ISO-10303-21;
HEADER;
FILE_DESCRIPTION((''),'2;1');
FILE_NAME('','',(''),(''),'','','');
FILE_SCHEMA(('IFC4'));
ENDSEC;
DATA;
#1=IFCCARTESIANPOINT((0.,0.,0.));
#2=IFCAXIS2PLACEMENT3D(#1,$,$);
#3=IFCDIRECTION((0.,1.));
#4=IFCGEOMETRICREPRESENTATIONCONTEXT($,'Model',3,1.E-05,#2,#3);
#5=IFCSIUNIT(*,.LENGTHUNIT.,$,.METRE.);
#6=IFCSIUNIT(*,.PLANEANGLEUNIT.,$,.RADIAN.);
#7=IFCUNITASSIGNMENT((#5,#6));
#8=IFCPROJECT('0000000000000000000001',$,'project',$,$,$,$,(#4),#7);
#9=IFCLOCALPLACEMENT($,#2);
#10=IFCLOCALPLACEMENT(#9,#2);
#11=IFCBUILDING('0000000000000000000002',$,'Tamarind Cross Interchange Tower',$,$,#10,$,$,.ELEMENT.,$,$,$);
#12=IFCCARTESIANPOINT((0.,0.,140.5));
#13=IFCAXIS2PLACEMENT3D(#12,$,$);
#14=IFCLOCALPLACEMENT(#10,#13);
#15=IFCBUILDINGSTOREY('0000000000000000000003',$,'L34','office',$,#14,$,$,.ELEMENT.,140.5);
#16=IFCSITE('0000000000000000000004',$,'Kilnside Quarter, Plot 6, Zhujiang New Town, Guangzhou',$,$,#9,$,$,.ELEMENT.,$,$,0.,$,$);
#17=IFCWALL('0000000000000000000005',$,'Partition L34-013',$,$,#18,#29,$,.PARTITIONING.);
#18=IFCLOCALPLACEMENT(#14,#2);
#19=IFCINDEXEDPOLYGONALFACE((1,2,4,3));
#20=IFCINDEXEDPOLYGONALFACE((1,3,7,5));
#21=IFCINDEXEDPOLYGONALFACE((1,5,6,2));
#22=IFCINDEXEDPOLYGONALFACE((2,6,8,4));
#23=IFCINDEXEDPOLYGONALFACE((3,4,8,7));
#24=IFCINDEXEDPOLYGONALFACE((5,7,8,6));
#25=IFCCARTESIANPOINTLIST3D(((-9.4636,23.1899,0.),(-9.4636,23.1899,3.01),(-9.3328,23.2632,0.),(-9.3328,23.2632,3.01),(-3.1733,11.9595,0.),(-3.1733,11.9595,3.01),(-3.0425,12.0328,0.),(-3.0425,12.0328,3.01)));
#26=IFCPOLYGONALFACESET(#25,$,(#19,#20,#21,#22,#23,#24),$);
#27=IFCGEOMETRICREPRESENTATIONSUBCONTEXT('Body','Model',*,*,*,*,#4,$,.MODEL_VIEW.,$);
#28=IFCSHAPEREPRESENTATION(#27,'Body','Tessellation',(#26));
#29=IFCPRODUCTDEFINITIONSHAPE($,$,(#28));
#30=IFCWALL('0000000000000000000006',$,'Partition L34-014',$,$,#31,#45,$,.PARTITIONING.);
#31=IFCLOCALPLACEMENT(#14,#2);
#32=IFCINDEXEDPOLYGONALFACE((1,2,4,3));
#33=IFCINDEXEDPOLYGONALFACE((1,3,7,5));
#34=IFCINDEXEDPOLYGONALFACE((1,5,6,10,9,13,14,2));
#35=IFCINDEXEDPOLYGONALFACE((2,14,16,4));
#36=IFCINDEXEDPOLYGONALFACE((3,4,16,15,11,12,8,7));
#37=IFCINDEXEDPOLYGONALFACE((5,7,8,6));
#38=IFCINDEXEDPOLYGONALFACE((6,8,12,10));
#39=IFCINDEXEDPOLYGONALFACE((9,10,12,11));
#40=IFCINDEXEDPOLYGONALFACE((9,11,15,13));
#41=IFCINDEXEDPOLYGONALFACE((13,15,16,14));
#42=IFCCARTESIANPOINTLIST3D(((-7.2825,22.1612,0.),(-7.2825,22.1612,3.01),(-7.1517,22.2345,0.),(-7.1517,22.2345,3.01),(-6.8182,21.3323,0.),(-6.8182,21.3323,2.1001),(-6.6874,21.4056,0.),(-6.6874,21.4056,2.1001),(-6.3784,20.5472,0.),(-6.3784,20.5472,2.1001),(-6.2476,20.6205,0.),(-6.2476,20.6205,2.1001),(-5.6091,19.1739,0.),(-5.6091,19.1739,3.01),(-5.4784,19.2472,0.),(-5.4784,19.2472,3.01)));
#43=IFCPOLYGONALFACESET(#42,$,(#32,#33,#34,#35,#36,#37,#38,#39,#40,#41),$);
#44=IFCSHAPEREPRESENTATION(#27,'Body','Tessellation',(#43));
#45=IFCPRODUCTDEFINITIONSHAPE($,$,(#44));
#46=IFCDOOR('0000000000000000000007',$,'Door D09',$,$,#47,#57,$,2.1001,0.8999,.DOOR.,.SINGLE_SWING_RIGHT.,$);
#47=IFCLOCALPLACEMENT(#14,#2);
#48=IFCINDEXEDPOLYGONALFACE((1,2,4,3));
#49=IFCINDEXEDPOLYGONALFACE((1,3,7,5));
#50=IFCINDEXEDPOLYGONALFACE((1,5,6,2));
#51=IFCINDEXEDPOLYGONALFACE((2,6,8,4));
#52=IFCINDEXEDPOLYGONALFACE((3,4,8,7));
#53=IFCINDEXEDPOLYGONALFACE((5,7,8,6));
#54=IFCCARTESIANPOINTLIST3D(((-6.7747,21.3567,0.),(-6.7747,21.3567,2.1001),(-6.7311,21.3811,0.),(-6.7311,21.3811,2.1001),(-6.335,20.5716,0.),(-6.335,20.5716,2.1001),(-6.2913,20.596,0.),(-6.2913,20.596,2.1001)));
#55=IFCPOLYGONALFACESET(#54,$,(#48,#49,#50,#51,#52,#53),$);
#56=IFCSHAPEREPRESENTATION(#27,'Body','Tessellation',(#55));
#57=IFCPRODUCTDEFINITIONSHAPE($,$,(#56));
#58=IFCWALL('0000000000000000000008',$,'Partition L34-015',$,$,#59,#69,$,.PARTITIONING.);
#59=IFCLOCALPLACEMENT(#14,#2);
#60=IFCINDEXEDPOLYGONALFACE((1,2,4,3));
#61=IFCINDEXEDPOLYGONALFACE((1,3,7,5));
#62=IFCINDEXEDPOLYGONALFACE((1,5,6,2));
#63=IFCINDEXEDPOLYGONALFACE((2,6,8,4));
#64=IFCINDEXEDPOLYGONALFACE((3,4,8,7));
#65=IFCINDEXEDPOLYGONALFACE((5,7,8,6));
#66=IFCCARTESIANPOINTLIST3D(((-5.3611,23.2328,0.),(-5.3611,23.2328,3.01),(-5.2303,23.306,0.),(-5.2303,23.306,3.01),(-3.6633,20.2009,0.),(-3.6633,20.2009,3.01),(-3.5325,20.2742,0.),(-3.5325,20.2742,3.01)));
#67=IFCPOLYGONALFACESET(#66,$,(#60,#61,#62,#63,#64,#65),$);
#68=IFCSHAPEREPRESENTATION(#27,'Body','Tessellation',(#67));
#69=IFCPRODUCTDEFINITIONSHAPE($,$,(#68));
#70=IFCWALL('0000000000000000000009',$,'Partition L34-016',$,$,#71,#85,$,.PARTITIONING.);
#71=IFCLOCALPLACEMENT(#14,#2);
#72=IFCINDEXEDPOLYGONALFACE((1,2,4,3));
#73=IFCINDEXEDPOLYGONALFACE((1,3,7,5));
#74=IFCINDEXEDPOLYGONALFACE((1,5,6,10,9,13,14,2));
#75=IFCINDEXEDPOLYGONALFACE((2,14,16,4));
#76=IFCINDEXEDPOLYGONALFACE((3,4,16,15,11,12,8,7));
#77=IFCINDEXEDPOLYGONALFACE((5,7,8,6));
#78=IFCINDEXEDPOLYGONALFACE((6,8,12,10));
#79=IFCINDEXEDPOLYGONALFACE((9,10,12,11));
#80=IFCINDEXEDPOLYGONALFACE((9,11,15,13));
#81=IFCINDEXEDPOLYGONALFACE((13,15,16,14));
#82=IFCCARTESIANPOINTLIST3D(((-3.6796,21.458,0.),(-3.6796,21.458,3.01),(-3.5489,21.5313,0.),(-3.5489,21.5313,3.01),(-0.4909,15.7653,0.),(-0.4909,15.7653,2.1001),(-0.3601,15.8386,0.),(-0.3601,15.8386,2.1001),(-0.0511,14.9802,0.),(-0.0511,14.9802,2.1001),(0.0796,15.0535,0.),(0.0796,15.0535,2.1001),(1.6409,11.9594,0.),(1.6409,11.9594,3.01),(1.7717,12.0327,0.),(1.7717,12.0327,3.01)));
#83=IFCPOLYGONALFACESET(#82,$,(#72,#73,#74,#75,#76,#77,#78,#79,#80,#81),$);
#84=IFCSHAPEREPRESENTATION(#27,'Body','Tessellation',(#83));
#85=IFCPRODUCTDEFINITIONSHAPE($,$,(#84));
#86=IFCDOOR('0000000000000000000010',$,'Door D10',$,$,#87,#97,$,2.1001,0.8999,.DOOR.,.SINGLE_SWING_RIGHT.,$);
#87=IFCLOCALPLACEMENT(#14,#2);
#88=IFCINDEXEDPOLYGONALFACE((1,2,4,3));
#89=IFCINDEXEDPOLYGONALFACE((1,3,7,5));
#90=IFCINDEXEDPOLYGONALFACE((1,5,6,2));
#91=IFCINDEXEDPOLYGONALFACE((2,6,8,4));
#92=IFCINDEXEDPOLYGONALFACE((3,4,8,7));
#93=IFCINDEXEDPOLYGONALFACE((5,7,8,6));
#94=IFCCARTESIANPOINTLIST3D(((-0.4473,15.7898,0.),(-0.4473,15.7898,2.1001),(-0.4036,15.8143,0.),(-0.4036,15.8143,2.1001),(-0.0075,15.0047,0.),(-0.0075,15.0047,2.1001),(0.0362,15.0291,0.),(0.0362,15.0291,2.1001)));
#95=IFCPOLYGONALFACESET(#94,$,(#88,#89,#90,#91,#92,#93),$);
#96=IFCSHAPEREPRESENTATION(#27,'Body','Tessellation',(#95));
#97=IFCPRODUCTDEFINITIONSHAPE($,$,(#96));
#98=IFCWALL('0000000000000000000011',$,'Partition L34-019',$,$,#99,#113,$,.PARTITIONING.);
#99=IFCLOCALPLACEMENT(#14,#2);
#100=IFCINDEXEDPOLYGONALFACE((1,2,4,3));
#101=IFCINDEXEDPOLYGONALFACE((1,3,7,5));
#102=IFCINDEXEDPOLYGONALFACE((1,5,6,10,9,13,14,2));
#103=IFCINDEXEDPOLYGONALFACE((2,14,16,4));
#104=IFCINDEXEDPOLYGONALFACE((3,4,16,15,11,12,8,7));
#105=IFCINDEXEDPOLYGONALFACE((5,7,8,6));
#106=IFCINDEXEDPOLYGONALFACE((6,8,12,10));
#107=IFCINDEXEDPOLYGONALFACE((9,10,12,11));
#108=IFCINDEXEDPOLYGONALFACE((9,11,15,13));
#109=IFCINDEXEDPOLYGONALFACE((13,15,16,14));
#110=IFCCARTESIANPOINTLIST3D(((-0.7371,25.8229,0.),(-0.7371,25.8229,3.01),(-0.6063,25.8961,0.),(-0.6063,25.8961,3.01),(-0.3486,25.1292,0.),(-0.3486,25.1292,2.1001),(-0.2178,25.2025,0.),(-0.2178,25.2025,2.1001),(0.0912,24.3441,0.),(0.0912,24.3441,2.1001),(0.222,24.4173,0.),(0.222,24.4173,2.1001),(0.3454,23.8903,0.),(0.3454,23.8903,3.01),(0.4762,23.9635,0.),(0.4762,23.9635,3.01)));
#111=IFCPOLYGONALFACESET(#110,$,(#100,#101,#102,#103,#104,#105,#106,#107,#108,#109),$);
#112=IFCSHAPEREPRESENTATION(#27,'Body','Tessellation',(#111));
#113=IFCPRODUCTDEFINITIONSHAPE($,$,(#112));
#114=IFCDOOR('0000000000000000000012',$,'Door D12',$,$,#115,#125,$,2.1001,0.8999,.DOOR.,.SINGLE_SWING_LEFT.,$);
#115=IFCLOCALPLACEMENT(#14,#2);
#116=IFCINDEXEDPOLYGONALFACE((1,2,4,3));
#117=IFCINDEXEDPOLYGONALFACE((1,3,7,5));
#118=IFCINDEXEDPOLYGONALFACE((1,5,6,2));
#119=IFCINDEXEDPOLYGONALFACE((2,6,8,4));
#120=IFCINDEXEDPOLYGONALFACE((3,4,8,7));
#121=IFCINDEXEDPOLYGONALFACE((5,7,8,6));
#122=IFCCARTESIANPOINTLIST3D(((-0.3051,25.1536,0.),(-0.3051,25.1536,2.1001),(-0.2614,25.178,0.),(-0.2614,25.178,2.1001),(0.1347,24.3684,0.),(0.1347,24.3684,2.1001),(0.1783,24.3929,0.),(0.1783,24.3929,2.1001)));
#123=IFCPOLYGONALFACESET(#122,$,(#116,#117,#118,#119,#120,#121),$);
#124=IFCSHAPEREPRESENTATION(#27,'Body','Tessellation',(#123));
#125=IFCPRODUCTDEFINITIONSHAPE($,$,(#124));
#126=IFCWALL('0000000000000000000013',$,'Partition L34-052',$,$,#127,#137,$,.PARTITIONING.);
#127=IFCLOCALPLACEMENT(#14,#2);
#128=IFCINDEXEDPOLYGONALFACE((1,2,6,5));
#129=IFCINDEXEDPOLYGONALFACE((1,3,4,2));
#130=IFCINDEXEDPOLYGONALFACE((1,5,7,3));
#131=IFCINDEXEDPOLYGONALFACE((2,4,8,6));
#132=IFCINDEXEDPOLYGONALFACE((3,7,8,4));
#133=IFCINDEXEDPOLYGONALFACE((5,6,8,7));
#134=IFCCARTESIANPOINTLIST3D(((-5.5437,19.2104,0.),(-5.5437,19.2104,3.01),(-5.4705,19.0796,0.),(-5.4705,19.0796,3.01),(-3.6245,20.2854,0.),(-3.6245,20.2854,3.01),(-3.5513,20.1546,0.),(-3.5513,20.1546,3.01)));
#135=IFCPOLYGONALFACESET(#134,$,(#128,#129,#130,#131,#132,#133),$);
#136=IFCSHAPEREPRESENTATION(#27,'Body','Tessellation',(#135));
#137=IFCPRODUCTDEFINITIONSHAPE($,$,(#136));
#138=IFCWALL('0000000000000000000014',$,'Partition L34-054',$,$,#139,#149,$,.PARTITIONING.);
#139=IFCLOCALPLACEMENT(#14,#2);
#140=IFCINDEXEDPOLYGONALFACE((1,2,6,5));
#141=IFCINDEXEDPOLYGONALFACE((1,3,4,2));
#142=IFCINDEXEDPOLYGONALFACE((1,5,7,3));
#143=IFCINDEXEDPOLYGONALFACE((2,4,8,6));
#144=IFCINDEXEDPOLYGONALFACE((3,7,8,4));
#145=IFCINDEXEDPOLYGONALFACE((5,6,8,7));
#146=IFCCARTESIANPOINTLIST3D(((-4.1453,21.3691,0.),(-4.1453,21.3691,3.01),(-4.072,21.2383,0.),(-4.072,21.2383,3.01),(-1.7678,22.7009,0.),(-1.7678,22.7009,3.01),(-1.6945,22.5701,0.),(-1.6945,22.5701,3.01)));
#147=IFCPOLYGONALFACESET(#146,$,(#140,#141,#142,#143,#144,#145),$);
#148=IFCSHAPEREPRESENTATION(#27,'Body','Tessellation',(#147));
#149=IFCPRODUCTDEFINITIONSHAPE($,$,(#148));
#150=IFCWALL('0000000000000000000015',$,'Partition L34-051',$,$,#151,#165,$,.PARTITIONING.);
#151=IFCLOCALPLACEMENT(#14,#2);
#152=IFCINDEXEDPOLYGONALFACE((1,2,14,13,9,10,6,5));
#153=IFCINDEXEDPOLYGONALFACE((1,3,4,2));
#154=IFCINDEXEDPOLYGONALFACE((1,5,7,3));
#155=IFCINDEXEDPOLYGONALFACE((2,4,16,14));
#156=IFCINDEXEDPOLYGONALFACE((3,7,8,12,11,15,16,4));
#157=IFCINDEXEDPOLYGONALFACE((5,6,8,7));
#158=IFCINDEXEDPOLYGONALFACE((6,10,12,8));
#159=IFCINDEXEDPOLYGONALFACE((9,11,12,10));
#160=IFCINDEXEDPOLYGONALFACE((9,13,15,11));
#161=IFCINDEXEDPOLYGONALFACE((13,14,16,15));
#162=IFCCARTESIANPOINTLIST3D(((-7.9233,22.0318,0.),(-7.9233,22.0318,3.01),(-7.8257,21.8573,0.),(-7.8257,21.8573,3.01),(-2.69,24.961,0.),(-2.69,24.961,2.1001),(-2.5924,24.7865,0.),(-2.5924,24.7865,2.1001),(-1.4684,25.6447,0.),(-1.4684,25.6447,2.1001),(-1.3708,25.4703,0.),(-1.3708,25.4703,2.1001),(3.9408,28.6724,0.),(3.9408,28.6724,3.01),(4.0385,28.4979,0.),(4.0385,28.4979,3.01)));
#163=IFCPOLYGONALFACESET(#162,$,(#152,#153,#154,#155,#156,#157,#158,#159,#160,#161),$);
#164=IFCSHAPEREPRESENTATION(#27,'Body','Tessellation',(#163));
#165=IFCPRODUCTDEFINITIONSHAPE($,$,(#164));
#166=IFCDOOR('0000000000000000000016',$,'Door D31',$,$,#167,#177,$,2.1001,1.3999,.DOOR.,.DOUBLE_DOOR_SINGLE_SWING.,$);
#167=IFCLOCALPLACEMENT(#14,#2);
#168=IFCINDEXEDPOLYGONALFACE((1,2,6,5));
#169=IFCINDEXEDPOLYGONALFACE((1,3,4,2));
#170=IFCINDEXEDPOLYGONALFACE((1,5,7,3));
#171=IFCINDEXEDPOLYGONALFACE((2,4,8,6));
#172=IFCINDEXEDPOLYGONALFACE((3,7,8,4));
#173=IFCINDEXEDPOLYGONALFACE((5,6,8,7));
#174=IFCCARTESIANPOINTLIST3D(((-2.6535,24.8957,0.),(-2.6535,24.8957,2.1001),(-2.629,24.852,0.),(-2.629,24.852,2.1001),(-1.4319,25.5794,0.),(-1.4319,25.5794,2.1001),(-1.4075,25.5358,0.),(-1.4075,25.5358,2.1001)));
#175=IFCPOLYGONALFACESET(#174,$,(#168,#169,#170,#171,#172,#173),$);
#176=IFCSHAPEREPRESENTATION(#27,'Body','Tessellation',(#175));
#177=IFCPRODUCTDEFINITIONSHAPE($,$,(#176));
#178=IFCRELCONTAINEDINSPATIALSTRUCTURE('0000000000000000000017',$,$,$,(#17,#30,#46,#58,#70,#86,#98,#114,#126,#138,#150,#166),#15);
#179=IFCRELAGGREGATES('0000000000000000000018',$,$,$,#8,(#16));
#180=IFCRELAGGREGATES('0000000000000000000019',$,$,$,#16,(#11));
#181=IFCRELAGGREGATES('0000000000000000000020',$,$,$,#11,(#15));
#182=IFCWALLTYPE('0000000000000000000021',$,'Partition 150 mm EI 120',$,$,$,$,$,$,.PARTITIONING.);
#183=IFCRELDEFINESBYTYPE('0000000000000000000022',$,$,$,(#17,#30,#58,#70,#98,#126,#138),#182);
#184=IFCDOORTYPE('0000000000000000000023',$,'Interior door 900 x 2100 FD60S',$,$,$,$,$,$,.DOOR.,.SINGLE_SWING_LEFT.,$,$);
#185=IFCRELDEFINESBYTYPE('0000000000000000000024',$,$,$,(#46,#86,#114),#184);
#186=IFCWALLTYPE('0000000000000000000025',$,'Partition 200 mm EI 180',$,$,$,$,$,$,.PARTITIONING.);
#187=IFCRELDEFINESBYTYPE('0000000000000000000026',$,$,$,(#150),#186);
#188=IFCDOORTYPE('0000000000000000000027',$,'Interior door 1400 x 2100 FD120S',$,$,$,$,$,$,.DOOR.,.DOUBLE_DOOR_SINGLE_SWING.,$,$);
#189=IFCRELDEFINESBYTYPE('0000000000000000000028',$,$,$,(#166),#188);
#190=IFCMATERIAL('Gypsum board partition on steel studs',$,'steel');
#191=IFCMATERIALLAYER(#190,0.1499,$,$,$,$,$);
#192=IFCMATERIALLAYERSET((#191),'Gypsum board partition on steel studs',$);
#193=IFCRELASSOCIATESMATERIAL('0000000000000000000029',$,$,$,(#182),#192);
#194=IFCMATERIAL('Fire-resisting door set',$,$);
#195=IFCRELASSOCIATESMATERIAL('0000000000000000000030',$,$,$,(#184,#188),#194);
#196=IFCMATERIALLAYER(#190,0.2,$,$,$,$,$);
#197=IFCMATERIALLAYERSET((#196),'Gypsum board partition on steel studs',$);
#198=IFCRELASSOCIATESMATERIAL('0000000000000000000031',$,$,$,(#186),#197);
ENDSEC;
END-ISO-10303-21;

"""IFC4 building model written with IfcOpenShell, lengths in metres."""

from ifc_helpers import new_model, si_unit, direction, frame, frame_2d, origin, place, context, subcontext, project, spatial, rectangle, extrude, material, layer, layer_set, type_object, element, fill, save


model = new_model("IFC4")

# Units and contexts
model_context = context("Model", 3, precision=1e-05, world=origin(), true_north=direction((0.0, 1.0)))
body_context = subcontext(model_context, "Body", "Model", "MODEL_VIEW")
ifc_project = project(units=[si_unit("LENGTHUNIT", "METRE"), si_unit("PLANEANGLEUNIT", "RADIAN")], contexts=[model_context])

# Site, building, storey
site_placement = place(None, origin())
site = spatial("IfcSite", under=ifc_project, at=site_placement, Name="Kilnside Quarter, Plot 6, Zhujiang New Town, Guangzhou", CompositionType="ELEMENT", RefElevation=0.0)
building_placement = place(site_placement, origin())
building = spatial("IfcBuilding", under=site, at=building_placement, Name="Tamarind Cross Interchange Tower", CompositionType="ELEMENT")
storey_placement = place(building_placement, frame((0.0, 0.0, 140.5)))
storey = spatial("IfcBuildingStorey", under=building, at=storey_placement, Name="L34", Description="office", CompositionType="ELEMENT", Elevation=140.5)

# Wall
ifc_material_1 = material(Name="Gypsum board partition on steel studs", Category="steel")
ifc_layer_1 = layer(ifc_material_1, 0.1499)
ifc_layer_set_1 = layer_set([ifc_layer_1], Name="Gypsum board partition on steel studs")
wall_type_1 = type_object("IfcWallType", Name="Partition 150 mm EI 120", PredefinedType="PARTITIONING", material=ifc_layer_set_1)
wall_1_placement = place(storey_placement, frame((-9.3982, 23.2266, 0.0), z_axis=(0.0, 0.0, 1.0), x_axis=(0.488676, -0.872466, 0.0)))
element("IfcWall", 1, at=wall_1_placement, inside=storey, type_object=wall_type_1, Name="Partition L34-013", PredefinedType="PARTITIONING", context=body_context, shape_type="SweptSolid", body=[
    extrude(rectangle(XDim=12.8721, YDim=0.1499, at=frame_2d((6.436, 0.0))), origin(), (0.0, 0.0, 1.0), 3.01),
])

# Wall, opening, door
wall_2_placement = place(storey_placement, frame((-7.217, 22.1978, 0.0), z_axis=(0.0, 0.0, 1.0), x_axis=(0.488703, -0.87245, 0.0)))
wall_2 = element("IfcWall", 2, at=wall_2_placement, inside=storey, type_object=wall_type_1, Name="Partition L34-014", PredefinedType="PARTITIONING", context=body_context, shape_type="SweptSolid", body=[
    extrude(rectangle(XDim=3.4241, YDim=0.1499, at=frame_2d((1.7119, 0.0))), origin(), (0.0, 0.0, 1.0), 3.01),
])
opening_1_placement = place(wall_2_placement, frame((0.95, 0.0, 0.0)))
opening_1 = element("IfcOpeningElement", 3, at=opening_1_placement, cuts=wall_2, PredefinedType="OPENING", context=body_context, shape_type="SweptSolid", body=[
    extrude(rectangle(XDim=0.8999, YDim=2.1001, at=frame_2d((0.45, 1.05))), frame((0.0, 0.085, 0.0), z_axis=(0.0, -1.0, 0.0), x_axis=(1.0, 0.0, 0.0)), (0.0, 0.0, 1.0), 0.1699),
])
ifc_material_2 = material(Name="Fire-resisting door set")
door_type_1 = type_object("IfcDoorType", Name="Interior door 900 x 2100 FD60S", OperationType="SINGLE_SWING_LEFT", PredefinedType="DOOR", material=ifc_material_2)
door_1_placement = place(opening_1_placement, origin())
door_1 = element("IfcDoor", 4, at=door_1_placement, inside=storey, type_object=door_type_1, Name="Door D09", OperationType="SINGLE_SWING_RIGHT", OverallHeight=2.1001, OverallWidth=0.8999, PredefinedType="DOOR", context=body_context, shape_type="SweptSolid", body=[
    extrude(rectangle(XDim=0.8999, YDim=2.1001, at=frame_2d((0.45, 1.05))), frame((0.0, 0.0249, 0.0), z_axis=(0.0, -1.0, 0.0), x_axis=(1.0, 0.0, 0.0)), (0.0, 0.0, 1.0), 0.05),
])
fill(opening_1, door_1)

# Wall
wall_3_placement = place(storey_placement, frame((-5.2957, 23.2693, 0.0), z_axis=(0.0, 0.0, 1.0), x_axis=(0.488599, -0.872508, 0.0)))
element("IfcWall", 5, at=wall_3_placement, inside=storey, type_object=wall_type_1, Name="Partition L34-015", PredefinedType="PARTITIONING", context=body_context, shape_type="SweptSolid", body=[
    extrude(rectangle(XDim=3.4749, YDim=0.1499, at=frame_2d((1.7373, 0.0))), origin(), (0.0, 0.0, 1.0), 3.01),
])

# Walls, openings, doors
wall_4_placement = place(storey_placement, frame((-3.6143, 21.4946, 0.0), z_axis=(0.0, 0.0, 1.0), x_axis=(0.4887, -0.872452, 0.0)))
wall_4 = element("IfcWall", 6, at=wall_4_placement, inside=storey, type_object=wall_type_1, Name="Partition L34-016", PredefinedType="PARTITIONING", context=body_context, shape_type="SweptSolid", body=[
    extrude(rectangle(XDim=10.8872, YDim=0.1499, at=frame_2d((5.4436, 0.0))), origin(), (0.0, 0.0, 1.0), 3.01),
])
opening_2_placement = place(wall_4_placement, frame((6.5249, 0.0, 0.0)))
opening_2 = element("IfcOpeningElement", 7, at=opening_2_placement, cuts=wall_4, PredefinedType="OPENING", context=body_context, shape_type="SweptSolid", body=[
    extrude(rectangle(XDim=0.8999, YDim=2.1001, at=frame_2d((0.45, 1.05))), frame((0.0, 0.085, 0.0), z_axis=(0.0, -1.0, 0.0), x_axis=(1.0, 0.0, 0.0)), (0.0, 0.0, 1.0), 0.1699),
])
door_2_placement = place(opening_2_placement, frame((0.8999, 0.0, 0.0), z_axis=(0.0, 0.0, 1.0), x_axis=(-1.0, 0.0, 0.0)))
door_2 = element("IfcDoor", 8, at=door_2_placement, inside=storey, type_object=door_type_1, Name="Door D10", OperationType="SINGLE_SWING_RIGHT", OverallHeight=2.1001, OverallWidth=0.8999, PredefinedType="DOOR", context=body_context, shape_type="SweptSolid", body=[
    extrude(rectangle(XDim=0.8999, YDim=2.1001, at=frame_2d((0.45, 1.05))), frame((0.0, 0.0249, 0.0), z_axis=(0.0, -1.0, 0.0), x_axis=(1.0, 0.0, 0.0)), (0.0, 0.0, 1.0), 0.05),
])
fill(opening_2, door_2)
wall_5_placement = place(storey_placement, frame((-0.6716, 25.8594, 0.0), z_axis=(0.0, 0.0, 1.0), x_axis=(0.488691, -0.872457, 0.0)))
wall_5 = element("IfcWall", 9, at=wall_5_placement, inside=storey, type_object=wall_type_1, Name="Partition L34-019", PredefinedType="PARTITIONING", context=body_context, shape_type="SweptSolid", body=[
    extrude(rectangle(XDim=2.2151, YDim=0.1499, at=frame_2d((1.1074, 0.0))), origin(), (0.0, 0.0, 1.0), 3.01),
])
opening_3_placement = place(wall_5_placement, frame((0.7949, 0.0, 0.0)))
opening_3 = element("IfcOpeningElement", 10, at=opening_3_placement, cuts=wall_5, PredefinedType="OPENING", context=body_context, shape_type="SweptSolid", body=[
    extrude(rectangle(XDim=0.8999, YDim=2.1001, at=frame_2d((0.45, 1.05))), frame((0.0, 0.085, 0.0), z_axis=(0.0, -1.0, 0.0), x_axis=(1.0, 0.0, 0.0)), (0.0, 0.0, 1.0), 0.1699),
])
door_3_placement = place(opening_3_placement, origin())
door_3 = element("IfcDoor", 11, at=door_3_placement, inside=storey, type_object=door_type_1, Name="Door D12", OperationType="SINGLE_SWING_LEFT", OverallHeight=2.1001, OverallWidth=0.8999, PredefinedType="DOOR", context=body_context, shape_type="SweptSolid", body=[
    extrude(rectangle(XDim=0.8999, YDim=2.1001, at=frame_2d((0.45, 1.05))), frame((0.0, 0.0249, 0.0), z_axis=(0.0, -1.0, 0.0), x_axis=(1.0, 0.0, 0.0)), (0.0, 0.0, 1.0), 0.05),
])
fill(opening_3, door_3)

# Walls
wall_6_placement = place(storey_placement, frame((-5.5071, 19.145, 0.0), z_axis=(0.0, 0.0, 1.0), x_axis=(0.872466, 0.488674, 0.0)))
element("IfcWall", 12, at=wall_6_placement, inside=storey, type_object=wall_type_1, Name="Partition L34-052", PredefinedType="PARTITIONING", context=body_context, shape_type="SweptSolid", body=[
    extrude(rectangle(XDim=2.1997, YDim=0.1499, at=frame_2d((1.0999, 0.0))), origin(), (0.0, 0.0, 1.0), 3.01),
])
wall_7_placement = place(storey_placement, frame((-4.1086, 21.3037, 0.0), z_axis=(0.0, 0.0, 1.0), x_axis=(0.87244, 0.488721, 0.0)))
element("IfcWall", 13, at=wall_7_placement, inside=storey, type_object=wall_type_1, Name="Partition L34-054", PredefinedType="PARTITIONING", context=body_context, shape_type="SweptSolid", body=[
    extrude(rectangle(XDim=2.7251, YDim=0.1499, at=frame_2d((1.3625, 0.0))), origin(), (0.0, 0.0, 1.0), 3.01),
])

# Wall, opening, door
ifc_layer_2 = layer(ifc_material_1, 0.2)
ifc_layer_set_2 = layer_set([ifc_layer_2], Name="Gypsum board partition on steel studs")
wall_type_2 = type_object("IfcWallType", Name="Partition 200 mm EI 180", PredefinedType="PARTITIONING", material=ifc_layer_set_2)
wall_8_placement = place(storey_placement, frame((-7.8745, 21.9446, 0.0), z_axis=(0.0, 0.0, 1.0), x_axis=(0.872611, 0.488415, 0.0)))
wall_8 = element("IfcWall", 14, at=wall_8_placement, inside=storey, type_object=wall_type_2, Name="Partition L34-051", PredefinedType="PARTITIONING", context=body_context, shape_type="SweptSolid", body=[
    extrude(rectangle(XDim=13.5962, YDim=0.2, at=frame_2d((6.7981, 0.0))), origin(), (0.0, 0.0, 1.0), 3.01),
])
opening_4_placement = place(wall_8_placement, frame((5.9973, 0.0, 0.0)))
opening_4 = element("IfcOpeningElement", 15, at=opening_4_placement, cuts=wall_8, PredefinedType="OPENING", context=body_context, shape_type="SweptSolid", body=[
    extrude(rectangle(XDim=1.3999, YDim=2.1001, at=frame_2d((0.7, 1.05))), frame((0.0, 0.1099, 0.0), z_axis=(0.0, -1.0, 0.0), x_axis=(1.0, 0.0, 0.0)), (0.0, 0.0, 1.0), 0.22),
])
door_type_2 = type_object("IfcDoorType", Name="Interior door 1400 x 2100 FD120S", OperationType="DOUBLE_DOOR_SINGLE_SWING", PredefinedType="DOOR", material=ifc_material_2)
door_4_placement = place(opening_4_placement, frame((1.3999, 0.0, 0.0), z_axis=(0.0, 0.0, 1.0), x_axis=(-1.0, 0.0, 0.0)))
door_4 = element("IfcDoor", 16, at=door_4_placement, inside=storey, type_object=door_type_2, Name="Door D31", OperationType="DOUBLE_DOOR_SINGLE_SWING", OverallHeight=2.1001, OverallWidth=1.3999, PredefinedType="DOOR", context=body_context, shape_type="SweptSolid", body=[
    extrude(rectangle(XDim=1.3999, YDim=2.1001, at=frame_2d((0.7, 1.05))), frame((0.0, 0.0249, 0.0), z_axis=(0.0, -1.0, 0.0), x_axis=(1.0, 0.0, 0.0)), (0.0, 0.0, 1.0), 0.05),
])
fill(opening_4, door_4)

save(model, "model.ifc")
